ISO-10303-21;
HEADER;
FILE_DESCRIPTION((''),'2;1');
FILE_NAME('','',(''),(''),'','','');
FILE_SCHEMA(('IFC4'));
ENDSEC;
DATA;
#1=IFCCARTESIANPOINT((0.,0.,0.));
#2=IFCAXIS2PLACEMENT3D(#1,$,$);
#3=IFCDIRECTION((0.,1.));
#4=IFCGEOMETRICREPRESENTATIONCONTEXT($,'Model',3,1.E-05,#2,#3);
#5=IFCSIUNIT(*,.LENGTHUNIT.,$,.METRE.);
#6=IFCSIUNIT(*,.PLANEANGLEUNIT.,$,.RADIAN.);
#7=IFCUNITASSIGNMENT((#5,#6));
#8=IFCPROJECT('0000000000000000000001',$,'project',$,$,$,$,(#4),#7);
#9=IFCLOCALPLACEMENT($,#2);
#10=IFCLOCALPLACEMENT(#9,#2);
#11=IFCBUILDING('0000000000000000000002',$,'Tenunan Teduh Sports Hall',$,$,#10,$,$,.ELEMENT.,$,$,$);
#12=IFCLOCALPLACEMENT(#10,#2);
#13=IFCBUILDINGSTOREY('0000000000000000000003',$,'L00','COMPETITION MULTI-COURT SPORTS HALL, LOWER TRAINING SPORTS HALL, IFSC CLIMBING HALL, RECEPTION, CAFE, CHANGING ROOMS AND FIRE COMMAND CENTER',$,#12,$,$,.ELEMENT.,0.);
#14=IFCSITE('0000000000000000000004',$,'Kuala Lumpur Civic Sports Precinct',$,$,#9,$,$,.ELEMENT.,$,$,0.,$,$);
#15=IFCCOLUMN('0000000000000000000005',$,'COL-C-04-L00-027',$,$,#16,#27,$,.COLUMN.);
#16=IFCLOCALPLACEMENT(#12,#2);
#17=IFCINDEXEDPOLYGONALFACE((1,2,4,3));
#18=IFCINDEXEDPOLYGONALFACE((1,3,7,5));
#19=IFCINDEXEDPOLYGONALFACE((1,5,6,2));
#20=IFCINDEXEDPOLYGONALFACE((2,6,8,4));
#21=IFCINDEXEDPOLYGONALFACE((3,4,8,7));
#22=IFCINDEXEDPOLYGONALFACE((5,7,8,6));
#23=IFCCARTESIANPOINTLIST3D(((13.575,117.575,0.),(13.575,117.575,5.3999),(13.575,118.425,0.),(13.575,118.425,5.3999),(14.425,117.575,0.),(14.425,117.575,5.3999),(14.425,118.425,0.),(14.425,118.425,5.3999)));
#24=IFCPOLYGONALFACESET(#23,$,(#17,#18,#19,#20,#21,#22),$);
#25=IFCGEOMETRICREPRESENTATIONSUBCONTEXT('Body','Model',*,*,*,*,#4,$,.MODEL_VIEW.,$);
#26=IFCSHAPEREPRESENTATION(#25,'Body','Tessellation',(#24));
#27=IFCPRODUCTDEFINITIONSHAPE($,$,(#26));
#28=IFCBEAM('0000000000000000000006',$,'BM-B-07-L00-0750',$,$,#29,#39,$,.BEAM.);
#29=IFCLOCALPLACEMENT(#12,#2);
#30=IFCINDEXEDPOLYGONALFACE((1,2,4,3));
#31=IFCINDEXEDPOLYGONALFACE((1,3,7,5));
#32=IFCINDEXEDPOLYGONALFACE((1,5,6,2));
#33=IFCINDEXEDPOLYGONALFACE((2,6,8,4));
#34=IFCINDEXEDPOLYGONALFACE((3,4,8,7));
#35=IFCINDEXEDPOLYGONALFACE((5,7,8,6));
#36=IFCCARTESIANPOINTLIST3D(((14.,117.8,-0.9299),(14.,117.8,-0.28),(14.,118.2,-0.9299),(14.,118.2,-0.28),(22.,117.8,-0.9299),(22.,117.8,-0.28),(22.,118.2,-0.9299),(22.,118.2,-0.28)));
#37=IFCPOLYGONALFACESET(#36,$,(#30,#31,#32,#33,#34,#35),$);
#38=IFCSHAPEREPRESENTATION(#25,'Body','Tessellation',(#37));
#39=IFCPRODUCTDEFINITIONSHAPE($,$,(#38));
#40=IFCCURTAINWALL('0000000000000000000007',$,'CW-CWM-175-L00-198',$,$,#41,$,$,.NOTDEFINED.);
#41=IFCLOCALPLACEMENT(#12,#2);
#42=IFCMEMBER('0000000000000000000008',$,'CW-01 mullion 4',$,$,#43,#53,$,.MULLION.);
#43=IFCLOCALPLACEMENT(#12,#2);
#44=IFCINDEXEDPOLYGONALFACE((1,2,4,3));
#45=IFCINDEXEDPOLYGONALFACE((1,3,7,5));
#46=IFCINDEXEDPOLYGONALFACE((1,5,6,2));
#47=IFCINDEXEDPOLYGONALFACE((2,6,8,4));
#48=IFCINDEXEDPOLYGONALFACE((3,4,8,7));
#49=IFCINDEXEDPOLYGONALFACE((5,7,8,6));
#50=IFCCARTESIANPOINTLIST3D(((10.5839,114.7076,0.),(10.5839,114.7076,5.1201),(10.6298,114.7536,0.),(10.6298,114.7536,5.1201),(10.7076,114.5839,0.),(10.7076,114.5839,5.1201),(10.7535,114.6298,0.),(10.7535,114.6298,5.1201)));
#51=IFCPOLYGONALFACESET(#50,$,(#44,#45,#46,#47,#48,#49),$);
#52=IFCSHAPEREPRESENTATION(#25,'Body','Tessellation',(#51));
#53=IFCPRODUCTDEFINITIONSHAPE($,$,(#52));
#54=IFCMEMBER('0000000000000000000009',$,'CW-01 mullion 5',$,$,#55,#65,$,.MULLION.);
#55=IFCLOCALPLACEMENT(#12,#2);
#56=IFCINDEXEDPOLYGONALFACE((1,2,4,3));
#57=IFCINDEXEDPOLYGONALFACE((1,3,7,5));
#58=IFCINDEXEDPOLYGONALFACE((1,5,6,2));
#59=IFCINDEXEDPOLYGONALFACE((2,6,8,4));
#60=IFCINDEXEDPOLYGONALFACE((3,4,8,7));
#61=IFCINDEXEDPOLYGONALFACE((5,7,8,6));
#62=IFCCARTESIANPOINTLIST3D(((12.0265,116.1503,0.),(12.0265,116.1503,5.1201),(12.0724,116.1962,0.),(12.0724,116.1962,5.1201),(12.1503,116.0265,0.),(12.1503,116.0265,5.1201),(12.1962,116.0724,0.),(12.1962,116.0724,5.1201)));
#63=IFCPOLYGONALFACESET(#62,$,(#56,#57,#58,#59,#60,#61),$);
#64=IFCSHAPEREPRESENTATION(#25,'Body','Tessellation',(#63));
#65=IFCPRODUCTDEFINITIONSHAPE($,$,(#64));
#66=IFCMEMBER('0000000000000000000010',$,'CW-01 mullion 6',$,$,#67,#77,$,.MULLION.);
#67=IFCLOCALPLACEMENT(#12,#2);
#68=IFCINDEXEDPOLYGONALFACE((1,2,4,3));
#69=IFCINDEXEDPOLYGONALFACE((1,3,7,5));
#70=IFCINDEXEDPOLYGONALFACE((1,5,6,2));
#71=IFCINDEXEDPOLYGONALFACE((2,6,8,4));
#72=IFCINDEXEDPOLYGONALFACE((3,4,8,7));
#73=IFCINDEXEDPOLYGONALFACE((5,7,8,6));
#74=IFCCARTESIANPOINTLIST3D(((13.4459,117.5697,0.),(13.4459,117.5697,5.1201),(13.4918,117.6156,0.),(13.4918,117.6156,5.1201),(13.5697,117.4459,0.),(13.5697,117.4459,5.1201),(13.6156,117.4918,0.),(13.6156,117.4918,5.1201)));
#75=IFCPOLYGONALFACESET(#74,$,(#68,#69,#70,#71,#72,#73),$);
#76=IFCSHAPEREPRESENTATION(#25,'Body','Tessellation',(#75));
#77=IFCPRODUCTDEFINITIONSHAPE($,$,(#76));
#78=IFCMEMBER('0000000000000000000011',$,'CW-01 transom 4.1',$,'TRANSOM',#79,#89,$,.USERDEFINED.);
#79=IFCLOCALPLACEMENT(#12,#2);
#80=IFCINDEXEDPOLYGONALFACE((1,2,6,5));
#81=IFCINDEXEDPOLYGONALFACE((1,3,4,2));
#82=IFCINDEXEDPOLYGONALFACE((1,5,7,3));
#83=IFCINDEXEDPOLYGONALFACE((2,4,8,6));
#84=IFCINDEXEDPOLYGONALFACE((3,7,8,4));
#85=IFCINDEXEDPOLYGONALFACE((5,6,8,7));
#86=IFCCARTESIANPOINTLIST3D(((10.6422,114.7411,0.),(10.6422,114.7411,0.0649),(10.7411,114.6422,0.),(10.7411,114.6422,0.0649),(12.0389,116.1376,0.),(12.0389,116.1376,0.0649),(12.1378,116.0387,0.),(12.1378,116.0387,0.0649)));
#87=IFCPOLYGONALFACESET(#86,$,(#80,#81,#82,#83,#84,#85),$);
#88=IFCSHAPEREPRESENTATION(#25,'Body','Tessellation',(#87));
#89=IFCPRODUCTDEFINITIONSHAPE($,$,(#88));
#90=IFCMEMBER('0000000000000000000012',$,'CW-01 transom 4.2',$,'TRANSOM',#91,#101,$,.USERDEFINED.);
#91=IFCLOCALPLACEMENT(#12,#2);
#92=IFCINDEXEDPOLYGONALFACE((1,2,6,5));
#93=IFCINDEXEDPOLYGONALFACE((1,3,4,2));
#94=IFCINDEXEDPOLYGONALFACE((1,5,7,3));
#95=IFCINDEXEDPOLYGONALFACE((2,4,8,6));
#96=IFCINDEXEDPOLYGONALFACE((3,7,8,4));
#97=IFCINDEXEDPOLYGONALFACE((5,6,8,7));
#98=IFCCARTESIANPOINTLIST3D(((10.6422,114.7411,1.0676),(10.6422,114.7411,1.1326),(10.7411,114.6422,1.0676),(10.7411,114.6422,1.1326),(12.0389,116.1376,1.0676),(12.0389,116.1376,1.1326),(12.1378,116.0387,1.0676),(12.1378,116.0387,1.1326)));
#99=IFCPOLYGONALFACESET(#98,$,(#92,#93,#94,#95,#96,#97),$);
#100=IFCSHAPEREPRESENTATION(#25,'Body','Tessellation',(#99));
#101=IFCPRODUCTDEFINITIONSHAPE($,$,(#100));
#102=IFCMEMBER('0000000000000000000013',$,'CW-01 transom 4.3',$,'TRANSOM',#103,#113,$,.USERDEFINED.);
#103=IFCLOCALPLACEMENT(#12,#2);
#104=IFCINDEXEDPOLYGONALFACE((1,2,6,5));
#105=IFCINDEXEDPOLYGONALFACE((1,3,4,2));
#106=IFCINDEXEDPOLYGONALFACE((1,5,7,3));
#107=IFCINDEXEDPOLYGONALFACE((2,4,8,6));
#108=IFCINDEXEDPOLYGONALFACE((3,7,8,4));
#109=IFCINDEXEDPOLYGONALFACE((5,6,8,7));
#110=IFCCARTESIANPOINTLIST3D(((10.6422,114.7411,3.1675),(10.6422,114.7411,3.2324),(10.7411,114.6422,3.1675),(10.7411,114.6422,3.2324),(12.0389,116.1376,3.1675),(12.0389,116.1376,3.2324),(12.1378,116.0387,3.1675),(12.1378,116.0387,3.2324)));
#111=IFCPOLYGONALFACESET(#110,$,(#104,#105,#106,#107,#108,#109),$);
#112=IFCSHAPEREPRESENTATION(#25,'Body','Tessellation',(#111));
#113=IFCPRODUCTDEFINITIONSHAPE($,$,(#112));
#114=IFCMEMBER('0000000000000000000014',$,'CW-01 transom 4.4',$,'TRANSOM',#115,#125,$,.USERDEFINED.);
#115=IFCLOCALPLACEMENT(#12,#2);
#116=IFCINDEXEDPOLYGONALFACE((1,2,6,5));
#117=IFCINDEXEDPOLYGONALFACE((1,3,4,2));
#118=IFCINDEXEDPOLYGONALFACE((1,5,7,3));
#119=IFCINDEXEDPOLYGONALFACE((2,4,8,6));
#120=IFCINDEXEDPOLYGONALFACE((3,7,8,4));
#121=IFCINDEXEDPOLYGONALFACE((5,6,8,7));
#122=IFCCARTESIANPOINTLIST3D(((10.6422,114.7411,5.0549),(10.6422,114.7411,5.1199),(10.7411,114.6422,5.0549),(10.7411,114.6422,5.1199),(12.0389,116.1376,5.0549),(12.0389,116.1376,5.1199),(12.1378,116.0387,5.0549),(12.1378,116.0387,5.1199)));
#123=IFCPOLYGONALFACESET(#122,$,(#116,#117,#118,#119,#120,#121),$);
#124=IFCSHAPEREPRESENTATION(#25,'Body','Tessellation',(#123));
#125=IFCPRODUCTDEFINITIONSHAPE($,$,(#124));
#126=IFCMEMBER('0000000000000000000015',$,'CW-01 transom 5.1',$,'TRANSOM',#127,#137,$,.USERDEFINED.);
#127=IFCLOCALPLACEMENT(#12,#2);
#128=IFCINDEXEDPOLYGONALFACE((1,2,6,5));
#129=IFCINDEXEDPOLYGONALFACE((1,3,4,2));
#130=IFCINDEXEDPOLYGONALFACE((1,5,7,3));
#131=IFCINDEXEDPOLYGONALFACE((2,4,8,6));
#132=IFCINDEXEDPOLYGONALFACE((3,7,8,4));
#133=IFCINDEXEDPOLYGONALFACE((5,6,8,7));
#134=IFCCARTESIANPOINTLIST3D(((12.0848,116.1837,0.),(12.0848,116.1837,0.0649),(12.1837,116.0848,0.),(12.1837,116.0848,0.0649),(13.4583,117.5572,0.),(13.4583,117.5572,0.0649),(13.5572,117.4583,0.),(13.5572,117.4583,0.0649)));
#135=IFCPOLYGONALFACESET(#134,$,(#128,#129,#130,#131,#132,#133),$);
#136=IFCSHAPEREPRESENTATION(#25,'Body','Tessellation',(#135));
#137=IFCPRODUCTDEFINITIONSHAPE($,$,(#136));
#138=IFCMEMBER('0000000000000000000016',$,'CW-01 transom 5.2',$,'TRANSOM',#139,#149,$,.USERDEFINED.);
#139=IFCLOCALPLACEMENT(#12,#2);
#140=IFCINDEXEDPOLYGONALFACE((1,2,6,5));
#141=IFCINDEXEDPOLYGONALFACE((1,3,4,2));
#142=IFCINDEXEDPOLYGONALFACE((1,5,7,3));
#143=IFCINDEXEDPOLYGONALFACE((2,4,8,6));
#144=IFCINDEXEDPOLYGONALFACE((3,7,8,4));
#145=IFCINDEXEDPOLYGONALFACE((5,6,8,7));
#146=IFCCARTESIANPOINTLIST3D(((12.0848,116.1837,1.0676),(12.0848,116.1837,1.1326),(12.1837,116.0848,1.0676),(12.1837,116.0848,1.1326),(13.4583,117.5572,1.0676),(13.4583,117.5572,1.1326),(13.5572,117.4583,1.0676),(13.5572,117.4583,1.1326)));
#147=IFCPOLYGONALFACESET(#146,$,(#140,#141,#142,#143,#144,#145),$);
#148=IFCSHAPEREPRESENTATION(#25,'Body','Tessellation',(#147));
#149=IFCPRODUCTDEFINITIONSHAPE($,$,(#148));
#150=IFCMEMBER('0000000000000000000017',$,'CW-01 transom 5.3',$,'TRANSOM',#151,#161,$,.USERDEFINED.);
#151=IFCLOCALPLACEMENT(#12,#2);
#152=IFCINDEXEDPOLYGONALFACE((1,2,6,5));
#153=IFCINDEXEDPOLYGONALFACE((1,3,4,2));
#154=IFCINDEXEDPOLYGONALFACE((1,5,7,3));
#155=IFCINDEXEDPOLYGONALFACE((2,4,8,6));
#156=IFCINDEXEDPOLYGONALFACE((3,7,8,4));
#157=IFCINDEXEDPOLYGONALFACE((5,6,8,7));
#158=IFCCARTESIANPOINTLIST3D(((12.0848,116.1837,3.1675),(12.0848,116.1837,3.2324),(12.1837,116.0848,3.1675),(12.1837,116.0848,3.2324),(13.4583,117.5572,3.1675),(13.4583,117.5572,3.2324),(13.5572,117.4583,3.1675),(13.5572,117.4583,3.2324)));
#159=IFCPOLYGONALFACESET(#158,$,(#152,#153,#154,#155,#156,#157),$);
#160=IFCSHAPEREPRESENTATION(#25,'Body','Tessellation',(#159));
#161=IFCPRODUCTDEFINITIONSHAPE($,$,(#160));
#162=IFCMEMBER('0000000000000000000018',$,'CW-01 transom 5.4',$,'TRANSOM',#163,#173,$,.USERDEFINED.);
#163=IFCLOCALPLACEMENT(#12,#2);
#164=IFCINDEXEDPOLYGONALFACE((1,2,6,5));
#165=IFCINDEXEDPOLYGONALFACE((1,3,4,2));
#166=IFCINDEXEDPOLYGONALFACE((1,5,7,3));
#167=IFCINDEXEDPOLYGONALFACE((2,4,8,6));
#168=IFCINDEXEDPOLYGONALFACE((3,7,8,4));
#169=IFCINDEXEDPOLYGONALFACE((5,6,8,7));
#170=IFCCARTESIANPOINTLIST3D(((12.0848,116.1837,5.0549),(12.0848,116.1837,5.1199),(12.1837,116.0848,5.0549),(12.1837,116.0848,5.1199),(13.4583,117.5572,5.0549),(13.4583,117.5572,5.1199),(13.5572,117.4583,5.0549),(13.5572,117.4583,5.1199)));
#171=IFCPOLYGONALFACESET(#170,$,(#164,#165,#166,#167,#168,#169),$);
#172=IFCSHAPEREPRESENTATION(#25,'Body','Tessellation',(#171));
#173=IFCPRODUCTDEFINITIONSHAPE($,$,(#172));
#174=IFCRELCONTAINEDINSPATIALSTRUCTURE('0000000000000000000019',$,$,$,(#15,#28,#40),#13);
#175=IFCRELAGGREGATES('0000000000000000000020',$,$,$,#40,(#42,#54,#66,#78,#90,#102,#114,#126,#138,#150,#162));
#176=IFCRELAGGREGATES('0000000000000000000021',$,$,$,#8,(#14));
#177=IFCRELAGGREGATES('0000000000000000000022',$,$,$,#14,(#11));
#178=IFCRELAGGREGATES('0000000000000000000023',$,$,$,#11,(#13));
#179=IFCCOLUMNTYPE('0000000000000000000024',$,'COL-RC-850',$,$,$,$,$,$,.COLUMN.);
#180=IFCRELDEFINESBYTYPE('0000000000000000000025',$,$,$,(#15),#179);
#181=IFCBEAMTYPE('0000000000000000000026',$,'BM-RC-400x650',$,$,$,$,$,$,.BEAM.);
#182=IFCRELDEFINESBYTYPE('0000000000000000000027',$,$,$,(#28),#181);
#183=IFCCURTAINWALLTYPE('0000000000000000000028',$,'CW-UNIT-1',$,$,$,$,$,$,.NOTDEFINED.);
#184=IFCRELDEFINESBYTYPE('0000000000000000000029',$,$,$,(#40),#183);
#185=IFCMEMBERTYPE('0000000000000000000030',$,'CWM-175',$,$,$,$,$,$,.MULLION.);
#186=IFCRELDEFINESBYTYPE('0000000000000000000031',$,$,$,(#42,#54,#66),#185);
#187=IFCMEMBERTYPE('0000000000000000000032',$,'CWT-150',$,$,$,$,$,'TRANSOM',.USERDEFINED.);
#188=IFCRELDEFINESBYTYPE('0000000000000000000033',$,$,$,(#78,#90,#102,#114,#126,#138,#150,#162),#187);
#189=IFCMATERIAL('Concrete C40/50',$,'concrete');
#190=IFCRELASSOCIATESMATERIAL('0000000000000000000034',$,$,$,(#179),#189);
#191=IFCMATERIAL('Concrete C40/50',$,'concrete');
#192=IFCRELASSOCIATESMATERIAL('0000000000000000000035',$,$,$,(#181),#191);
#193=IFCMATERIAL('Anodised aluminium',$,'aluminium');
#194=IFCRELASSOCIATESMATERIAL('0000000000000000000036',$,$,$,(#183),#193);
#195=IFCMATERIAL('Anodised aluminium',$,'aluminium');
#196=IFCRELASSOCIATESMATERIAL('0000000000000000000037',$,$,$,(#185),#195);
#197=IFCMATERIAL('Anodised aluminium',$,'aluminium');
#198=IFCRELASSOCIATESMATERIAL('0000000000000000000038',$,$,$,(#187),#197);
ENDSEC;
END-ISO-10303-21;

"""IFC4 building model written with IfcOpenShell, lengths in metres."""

from ifc_helpers import new_model, si_unit, direction, frame, origin, origin_2d, place, context, subcontext, project, spatial, rectangle, extrude, material, material_profile, profile_set, type_object, element, aggregate, save


model = new_model("IFC4")

# Units and contexts
model_context = context("Model", 3, precision=1e-05, world=origin(), true_north=direction((0.0, 1.0)))
body_context = subcontext(model_context, "Body", "Model", "MODEL_VIEW")
ifc_project = project(units=[si_unit("LENGTHUNIT", "METRE"), si_unit("PLANEANGLEUNIT", "RADIAN")], contexts=[model_context])

# Site, building, storey
site_placement = place(None, origin())
site = spatial("IfcSite", under=ifc_project, at=site_placement, Name="Kuala Lumpur Civic Sports Precinct", CompositionType="ELEMENT", RefElevation=0.0)
building_placement = place(site_placement, origin())
building = spatial("IfcBuilding", under=site, at=building_placement, Name="Tenunan Teduh Sports Hall", CompositionType="ELEMENT")
storey_placement = place(building_placement, origin())
storey = spatial("IfcBuildingStorey", under=building, at=storey_placement, Name="L00", Description="COMPETITION MULTI-COURT SPORTS HALL, LOWER TRAINING SPORTS HALL, IFSC CLIMBING HALL, RECEPTION, CAFE, CHANGING ROOMS AND FIRE COMMAND CENTER", CompositionType="ELEMENT", Elevation=0.0)

# Column
ifc_material_1 = material(Name="Concrete C40/50", Category="concrete")
ifc_material_profile_1 = material_profile(ifc_material_1, rectangle(XDim=0.8501, YDim=0.8501, at=origin_2d()), Name="RC 850x850")
ifc_profile_set_1 = profile_set([ifc_material_profile_1], Name="Concrete C40/50")
column_type = type_object("IfcColumnType", Name="COL-RC-850", PredefinedType="COLUMN", material=ifc_profile_set_1)
column_placement = place(storey_placement, frame((14.0, 118.0, 0.0), z_axis=(0.0, 0.0, 1.0), x_axis=(1.0, 0.0, 0.0)))
element("IfcColumn", 1, at=column_placement, inside=storey, type_object=column_type, Name="COL-C-04-L00-027", PredefinedType="COLUMN", context=body_context, shape_type="SweptSolid", body=[
    extrude(rectangle(XDim=0.8501, YDim=0.8501, at=origin_2d()), origin(), (0.0, 0.0, 1.0), 5.3999),
])

# Beam
ifc_material_2 = material(Name="Concrete C40/50", Category="concrete")
ifc_material_profile_2 = material_profile(ifc_material_2, rectangle(XDim=0.3999, YDim=0.6499, at=origin_2d()), Name="RCB 400x650")
ifc_profile_set_2 = profile_set([ifc_material_profile_2], Name="Concrete C40/50")
beam_type = type_object("IfcBeamType", Name="BM-RC-400x650", PredefinedType="BEAM", material=ifc_profile_set_2)
beam_placement = place(storey_placement, frame((14.0, 118.0, -0.605), z_axis=(1.0, 0.0, 0.0), x_axis=(0.0, 1.0, 0.0)))
element("IfcBeam", 2, at=beam_placement, inside=storey, type_object=beam_type, Name="BM-B-07-L00-0750", PredefinedType="BEAM", context=body_context, shape_type="SweptSolid", body=[
    extrude(rectangle(XDim=0.3999, YDim=0.6499, at=origin_2d()), origin(), (0.0, 0.0, 1.0), 8.0),
])

# Curtain wall, members
ifc_material_3 = material(Name="Anodised aluminium", Category="aluminium")
curtain_wall_type = type_object("IfcCurtainWallType", Name="CW-UNIT-1", PredefinedType="NOTDEFINED", material=ifc_material_3)
curtain_wall_placement = place(storey_placement, origin())
curtain_wall = element("IfcCurtainWall", 3, at=curtain_wall_placement, inside=storey, type_object=curtain_wall_type, Name="CW-CWM-175-L00-198", PredefinedType="NOTDEFINED")
ifc_material_4 = material(Name="Anodised aluminium", Category="aluminium")
ifc_material_profile_3 = material_profile(ifc_material_4, rectangle(XDim=0.0649, YDim=0.175, at=origin_2d()), Name="CWM 65x175")
ifc_profile_set_3 = profile_set([ifc_material_profile_3], Name="Anodised aluminium")
member_type_1 = type_object("IfcMemberType", Name="CWM-175", PredefinedType="MULLION", material=ifc_profile_set_3)
member_1_placement = place(storey_placement, frame((10.6687, 114.6687, 0.0), z_axis=(0.0, 0.0, 1.0), x_axis=(0.707117, 0.707097, 0.0)))
member_1 = element("IfcMember", 4, at=member_1_placement, type_object=member_type_1, Name="CW-01 mullion 4", PredefinedType="MULLION", context=body_context, shape_type="SweptSolid", body=[
    extrude(rectangle(XDim=0.0649, YDim=0.175, at=origin_2d()), origin(), (0.0, 0.0, 1.0), 5.1201),
])
member_2_placement = place(storey_placement, frame((12.1113, 116.1113, 0.0), z_axis=(0.0, 0.0, 1.0), x_axis=(0.707117, 0.707097, 0.0)))
member_2 = element("IfcMember", 5, at=member_2_placement, type_object=member_type_1, Name="CW-01 mullion 5", PredefinedType="MULLION", context=body_context, shape_type="SweptSolid", body=[
    extrude(rectangle(XDim=0.0649, YDim=0.175, at=origin_2d()), origin(), (0.0, 0.0, 1.0), 5.1201),
])
member_3_placement = place(storey_placement, frame((13.5308, 117.5308, 0.0), z_axis=(0.0, 0.0, 1.0), x_axis=(0.707117, 0.707097, 0.0)))
member_3 = element("IfcMember", 6, at=member_3_placement, type_object=member_type_1, Name="CW-01 mullion 6", PredefinedType="MULLION", context=body_context, shape_type="SweptSolid", body=[
    extrude(rectangle(XDim=0.0649, YDim=0.175, at=origin_2d()), origin(), (0.0, 0.0, 1.0), 5.1201),
])
ifc_material_5 = material(Name="Anodised aluminium", Category="aluminium")
ifc_material_profile_4 = material_profile(ifc_material_5, rectangle(XDim=0.0649, YDim=0.1399, at=origin_2d()), Name="CWT 65x140")
ifc_profile_set_4 = profile_set([ifc_material_profile_4], Name="Anodised aluminium")
member_type_2 = type_object("IfcMemberType", Name="CWT-150", ElementType="TRANSOM", PredefinedType="USERDEFINED", material=ifc_profile_set_4)
member_4_placement = place(storey_placement, frame((10.6917, 114.6917, 0.0325), z_axis=(0.707169, 0.707045, 0.0), x_axis=(0.0, 0.0, 1.0)))
member_4 = element("IfcMember", 7, at=member_4_placement, type_object=member_type_2, Name="CW-01 transom 4.1", ObjectType="TRANSOM", PredefinedType="USERDEFINED", context=body_context, shape_type="SweptSolid", body=[
    extrude(rectangle(XDim=0.0649, YDim=0.1399, at=origin_2d()), origin(), (0.0, 0.0, 1.0), 1.9751),
])
member_5_placement = place(storey_placement, frame((10.6917, 114.6917, 1.1001), z_axis=(0.707169, 0.707045, 0.0), x_axis=(0.0, 0.0, 1.0)))
member_5 = element("IfcMember", 8, at=member_5_placement, type_object=member_type_2, Name="CW-01 transom 4.2", ObjectType="TRANSOM", PredefinedType="USERDEFINED", context=body_context, shape_type="SweptSolid", body=[
    extrude(rectangle(XDim=0.0649, YDim=0.1399, at=origin_2d()), origin(), (0.0, 0.0, 1.0), 1.9751),
])
member_6_placement = place(storey_placement, frame((10.6917, 114.6917, 3.2), z_axis=(0.707169, 0.707045, 0.0), x_axis=(0.0, 0.0, 1.0)))
member_6 = element("IfcMember", 9, at=member_6_placement, type_object=member_type_2, Name="CW-01 transom 4.3", ObjectType="TRANSOM", PredefinedType="USERDEFINED", context=body_context, shape_type="SweptSolid", body=[
    extrude(rectangle(XDim=0.0649, YDim=0.1399, at=origin_2d()), origin(), (0.0, 0.0, 1.0), 1.9751),
])
member_7_placement = place(storey_placement, frame((10.6917, 114.6917, 5.0874), z_axis=(0.707169, 0.707045, 0.0), x_axis=(0.0, 0.0, 1.0)))
member_7 = element("IfcMember", 10, at=member_7_placement, type_object=member_type_2, Name="CW-01 transom 4.4", ObjectType="TRANSOM", PredefinedType="USERDEFINED", context=body_context, shape_type="SweptSolid", body=[
    extrude(rectangle(XDim=0.0649, YDim=0.1399, at=origin_2d()), origin(), (0.0, 0.0, 1.0), 1.9751),
])
member_8_placement = place(storey_placement, frame((12.1343, 116.1343, 0.0325), z_axis=(0.707107, 0.707107, 0.0), x_axis=(0.0, 0.0, 1.0)))
member_8 = element("IfcMember", 11, at=member_8_placement, type_object=member_type_2, Name="CW-01 transom 5.1", ObjectType="TRANSOM", PredefinedType="USERDEFINED", context=body_context, shape_type="SweptSolid", body=[
    extrude(rectangle(XDim=0.0649, YDim=0.1399, at=origin_2d()), origin(), (0.0, 0.0, 1.0), 1.9424),
])
member_9_placement = place(storey_placement, frame((12.1343, 116.1343, 1.1001), z_axis=(0.707107, 0.707107, 0.0), x_axis=(0.0, 0.0, 1.0)))
member_9 = element("IfcMember", 12, at=member_9_placement, type_object=member_type_2, Name="CW-01 transom 5.2", ObjectType="TRANSOM", PredefinedType="USERDEFINED", context=body_context, shape_type="SweptSolid", body=[
    extrude(rectangle(XDim=0.0649, YDim=0.1399, at=origin_2d()), origin(), (0.0, 0.0, 1.0), 1.9424),
])
member_10_placement = place(storey_placement, frame((12.1343, 116.1343, 3.2), z_axis=(0.707107, 0.707107, 0.0), x_axis=(0.0, 0.0, 1.0)))
member_10 = element("IfcMember", 13, at=member_10_placement, type_object=member_type_2, Name="CW-01 transom 5.3", ObjectType="TRANSOM", PredefinedType="USERDEFINED", context=body_context, shape_type="SweptSolid", body=[
    extrude(rectangle(XDim=0.0649, YDim=0.1399, at=origin_2d()), origin(), (0.0, 0.0, 1.0), 1.9424),
])
member_11_placement = place(storey_placement, frame((12.1343, 116.1343, 5.0874), z_axis=(0.707107, 0.707107, 0.0), x_axis=(0.0, 0.0, 1.0)))
member_11 = element("IfcMember", 14, at=member_11_placement, type_object=member_type_2, Name="CW-01 transom 5.4", ObjectType="TRANSOM", PredefinedType="USERDEFINED", context=body_context, shape_type="SweptSolid", body=[
    extrude(rectangle(XDim=0.0649, YDim=0.1399, at=origin_2d()), origin(), (0.0, 0.0, 1.0), 1.9424),
])

aggregate(curtain_wall, [member_1, member_2, member_3, member_4, member_5, member_6, member_7, member_8, member_9, member_10, member_11])

save(model, "model.ifc")
